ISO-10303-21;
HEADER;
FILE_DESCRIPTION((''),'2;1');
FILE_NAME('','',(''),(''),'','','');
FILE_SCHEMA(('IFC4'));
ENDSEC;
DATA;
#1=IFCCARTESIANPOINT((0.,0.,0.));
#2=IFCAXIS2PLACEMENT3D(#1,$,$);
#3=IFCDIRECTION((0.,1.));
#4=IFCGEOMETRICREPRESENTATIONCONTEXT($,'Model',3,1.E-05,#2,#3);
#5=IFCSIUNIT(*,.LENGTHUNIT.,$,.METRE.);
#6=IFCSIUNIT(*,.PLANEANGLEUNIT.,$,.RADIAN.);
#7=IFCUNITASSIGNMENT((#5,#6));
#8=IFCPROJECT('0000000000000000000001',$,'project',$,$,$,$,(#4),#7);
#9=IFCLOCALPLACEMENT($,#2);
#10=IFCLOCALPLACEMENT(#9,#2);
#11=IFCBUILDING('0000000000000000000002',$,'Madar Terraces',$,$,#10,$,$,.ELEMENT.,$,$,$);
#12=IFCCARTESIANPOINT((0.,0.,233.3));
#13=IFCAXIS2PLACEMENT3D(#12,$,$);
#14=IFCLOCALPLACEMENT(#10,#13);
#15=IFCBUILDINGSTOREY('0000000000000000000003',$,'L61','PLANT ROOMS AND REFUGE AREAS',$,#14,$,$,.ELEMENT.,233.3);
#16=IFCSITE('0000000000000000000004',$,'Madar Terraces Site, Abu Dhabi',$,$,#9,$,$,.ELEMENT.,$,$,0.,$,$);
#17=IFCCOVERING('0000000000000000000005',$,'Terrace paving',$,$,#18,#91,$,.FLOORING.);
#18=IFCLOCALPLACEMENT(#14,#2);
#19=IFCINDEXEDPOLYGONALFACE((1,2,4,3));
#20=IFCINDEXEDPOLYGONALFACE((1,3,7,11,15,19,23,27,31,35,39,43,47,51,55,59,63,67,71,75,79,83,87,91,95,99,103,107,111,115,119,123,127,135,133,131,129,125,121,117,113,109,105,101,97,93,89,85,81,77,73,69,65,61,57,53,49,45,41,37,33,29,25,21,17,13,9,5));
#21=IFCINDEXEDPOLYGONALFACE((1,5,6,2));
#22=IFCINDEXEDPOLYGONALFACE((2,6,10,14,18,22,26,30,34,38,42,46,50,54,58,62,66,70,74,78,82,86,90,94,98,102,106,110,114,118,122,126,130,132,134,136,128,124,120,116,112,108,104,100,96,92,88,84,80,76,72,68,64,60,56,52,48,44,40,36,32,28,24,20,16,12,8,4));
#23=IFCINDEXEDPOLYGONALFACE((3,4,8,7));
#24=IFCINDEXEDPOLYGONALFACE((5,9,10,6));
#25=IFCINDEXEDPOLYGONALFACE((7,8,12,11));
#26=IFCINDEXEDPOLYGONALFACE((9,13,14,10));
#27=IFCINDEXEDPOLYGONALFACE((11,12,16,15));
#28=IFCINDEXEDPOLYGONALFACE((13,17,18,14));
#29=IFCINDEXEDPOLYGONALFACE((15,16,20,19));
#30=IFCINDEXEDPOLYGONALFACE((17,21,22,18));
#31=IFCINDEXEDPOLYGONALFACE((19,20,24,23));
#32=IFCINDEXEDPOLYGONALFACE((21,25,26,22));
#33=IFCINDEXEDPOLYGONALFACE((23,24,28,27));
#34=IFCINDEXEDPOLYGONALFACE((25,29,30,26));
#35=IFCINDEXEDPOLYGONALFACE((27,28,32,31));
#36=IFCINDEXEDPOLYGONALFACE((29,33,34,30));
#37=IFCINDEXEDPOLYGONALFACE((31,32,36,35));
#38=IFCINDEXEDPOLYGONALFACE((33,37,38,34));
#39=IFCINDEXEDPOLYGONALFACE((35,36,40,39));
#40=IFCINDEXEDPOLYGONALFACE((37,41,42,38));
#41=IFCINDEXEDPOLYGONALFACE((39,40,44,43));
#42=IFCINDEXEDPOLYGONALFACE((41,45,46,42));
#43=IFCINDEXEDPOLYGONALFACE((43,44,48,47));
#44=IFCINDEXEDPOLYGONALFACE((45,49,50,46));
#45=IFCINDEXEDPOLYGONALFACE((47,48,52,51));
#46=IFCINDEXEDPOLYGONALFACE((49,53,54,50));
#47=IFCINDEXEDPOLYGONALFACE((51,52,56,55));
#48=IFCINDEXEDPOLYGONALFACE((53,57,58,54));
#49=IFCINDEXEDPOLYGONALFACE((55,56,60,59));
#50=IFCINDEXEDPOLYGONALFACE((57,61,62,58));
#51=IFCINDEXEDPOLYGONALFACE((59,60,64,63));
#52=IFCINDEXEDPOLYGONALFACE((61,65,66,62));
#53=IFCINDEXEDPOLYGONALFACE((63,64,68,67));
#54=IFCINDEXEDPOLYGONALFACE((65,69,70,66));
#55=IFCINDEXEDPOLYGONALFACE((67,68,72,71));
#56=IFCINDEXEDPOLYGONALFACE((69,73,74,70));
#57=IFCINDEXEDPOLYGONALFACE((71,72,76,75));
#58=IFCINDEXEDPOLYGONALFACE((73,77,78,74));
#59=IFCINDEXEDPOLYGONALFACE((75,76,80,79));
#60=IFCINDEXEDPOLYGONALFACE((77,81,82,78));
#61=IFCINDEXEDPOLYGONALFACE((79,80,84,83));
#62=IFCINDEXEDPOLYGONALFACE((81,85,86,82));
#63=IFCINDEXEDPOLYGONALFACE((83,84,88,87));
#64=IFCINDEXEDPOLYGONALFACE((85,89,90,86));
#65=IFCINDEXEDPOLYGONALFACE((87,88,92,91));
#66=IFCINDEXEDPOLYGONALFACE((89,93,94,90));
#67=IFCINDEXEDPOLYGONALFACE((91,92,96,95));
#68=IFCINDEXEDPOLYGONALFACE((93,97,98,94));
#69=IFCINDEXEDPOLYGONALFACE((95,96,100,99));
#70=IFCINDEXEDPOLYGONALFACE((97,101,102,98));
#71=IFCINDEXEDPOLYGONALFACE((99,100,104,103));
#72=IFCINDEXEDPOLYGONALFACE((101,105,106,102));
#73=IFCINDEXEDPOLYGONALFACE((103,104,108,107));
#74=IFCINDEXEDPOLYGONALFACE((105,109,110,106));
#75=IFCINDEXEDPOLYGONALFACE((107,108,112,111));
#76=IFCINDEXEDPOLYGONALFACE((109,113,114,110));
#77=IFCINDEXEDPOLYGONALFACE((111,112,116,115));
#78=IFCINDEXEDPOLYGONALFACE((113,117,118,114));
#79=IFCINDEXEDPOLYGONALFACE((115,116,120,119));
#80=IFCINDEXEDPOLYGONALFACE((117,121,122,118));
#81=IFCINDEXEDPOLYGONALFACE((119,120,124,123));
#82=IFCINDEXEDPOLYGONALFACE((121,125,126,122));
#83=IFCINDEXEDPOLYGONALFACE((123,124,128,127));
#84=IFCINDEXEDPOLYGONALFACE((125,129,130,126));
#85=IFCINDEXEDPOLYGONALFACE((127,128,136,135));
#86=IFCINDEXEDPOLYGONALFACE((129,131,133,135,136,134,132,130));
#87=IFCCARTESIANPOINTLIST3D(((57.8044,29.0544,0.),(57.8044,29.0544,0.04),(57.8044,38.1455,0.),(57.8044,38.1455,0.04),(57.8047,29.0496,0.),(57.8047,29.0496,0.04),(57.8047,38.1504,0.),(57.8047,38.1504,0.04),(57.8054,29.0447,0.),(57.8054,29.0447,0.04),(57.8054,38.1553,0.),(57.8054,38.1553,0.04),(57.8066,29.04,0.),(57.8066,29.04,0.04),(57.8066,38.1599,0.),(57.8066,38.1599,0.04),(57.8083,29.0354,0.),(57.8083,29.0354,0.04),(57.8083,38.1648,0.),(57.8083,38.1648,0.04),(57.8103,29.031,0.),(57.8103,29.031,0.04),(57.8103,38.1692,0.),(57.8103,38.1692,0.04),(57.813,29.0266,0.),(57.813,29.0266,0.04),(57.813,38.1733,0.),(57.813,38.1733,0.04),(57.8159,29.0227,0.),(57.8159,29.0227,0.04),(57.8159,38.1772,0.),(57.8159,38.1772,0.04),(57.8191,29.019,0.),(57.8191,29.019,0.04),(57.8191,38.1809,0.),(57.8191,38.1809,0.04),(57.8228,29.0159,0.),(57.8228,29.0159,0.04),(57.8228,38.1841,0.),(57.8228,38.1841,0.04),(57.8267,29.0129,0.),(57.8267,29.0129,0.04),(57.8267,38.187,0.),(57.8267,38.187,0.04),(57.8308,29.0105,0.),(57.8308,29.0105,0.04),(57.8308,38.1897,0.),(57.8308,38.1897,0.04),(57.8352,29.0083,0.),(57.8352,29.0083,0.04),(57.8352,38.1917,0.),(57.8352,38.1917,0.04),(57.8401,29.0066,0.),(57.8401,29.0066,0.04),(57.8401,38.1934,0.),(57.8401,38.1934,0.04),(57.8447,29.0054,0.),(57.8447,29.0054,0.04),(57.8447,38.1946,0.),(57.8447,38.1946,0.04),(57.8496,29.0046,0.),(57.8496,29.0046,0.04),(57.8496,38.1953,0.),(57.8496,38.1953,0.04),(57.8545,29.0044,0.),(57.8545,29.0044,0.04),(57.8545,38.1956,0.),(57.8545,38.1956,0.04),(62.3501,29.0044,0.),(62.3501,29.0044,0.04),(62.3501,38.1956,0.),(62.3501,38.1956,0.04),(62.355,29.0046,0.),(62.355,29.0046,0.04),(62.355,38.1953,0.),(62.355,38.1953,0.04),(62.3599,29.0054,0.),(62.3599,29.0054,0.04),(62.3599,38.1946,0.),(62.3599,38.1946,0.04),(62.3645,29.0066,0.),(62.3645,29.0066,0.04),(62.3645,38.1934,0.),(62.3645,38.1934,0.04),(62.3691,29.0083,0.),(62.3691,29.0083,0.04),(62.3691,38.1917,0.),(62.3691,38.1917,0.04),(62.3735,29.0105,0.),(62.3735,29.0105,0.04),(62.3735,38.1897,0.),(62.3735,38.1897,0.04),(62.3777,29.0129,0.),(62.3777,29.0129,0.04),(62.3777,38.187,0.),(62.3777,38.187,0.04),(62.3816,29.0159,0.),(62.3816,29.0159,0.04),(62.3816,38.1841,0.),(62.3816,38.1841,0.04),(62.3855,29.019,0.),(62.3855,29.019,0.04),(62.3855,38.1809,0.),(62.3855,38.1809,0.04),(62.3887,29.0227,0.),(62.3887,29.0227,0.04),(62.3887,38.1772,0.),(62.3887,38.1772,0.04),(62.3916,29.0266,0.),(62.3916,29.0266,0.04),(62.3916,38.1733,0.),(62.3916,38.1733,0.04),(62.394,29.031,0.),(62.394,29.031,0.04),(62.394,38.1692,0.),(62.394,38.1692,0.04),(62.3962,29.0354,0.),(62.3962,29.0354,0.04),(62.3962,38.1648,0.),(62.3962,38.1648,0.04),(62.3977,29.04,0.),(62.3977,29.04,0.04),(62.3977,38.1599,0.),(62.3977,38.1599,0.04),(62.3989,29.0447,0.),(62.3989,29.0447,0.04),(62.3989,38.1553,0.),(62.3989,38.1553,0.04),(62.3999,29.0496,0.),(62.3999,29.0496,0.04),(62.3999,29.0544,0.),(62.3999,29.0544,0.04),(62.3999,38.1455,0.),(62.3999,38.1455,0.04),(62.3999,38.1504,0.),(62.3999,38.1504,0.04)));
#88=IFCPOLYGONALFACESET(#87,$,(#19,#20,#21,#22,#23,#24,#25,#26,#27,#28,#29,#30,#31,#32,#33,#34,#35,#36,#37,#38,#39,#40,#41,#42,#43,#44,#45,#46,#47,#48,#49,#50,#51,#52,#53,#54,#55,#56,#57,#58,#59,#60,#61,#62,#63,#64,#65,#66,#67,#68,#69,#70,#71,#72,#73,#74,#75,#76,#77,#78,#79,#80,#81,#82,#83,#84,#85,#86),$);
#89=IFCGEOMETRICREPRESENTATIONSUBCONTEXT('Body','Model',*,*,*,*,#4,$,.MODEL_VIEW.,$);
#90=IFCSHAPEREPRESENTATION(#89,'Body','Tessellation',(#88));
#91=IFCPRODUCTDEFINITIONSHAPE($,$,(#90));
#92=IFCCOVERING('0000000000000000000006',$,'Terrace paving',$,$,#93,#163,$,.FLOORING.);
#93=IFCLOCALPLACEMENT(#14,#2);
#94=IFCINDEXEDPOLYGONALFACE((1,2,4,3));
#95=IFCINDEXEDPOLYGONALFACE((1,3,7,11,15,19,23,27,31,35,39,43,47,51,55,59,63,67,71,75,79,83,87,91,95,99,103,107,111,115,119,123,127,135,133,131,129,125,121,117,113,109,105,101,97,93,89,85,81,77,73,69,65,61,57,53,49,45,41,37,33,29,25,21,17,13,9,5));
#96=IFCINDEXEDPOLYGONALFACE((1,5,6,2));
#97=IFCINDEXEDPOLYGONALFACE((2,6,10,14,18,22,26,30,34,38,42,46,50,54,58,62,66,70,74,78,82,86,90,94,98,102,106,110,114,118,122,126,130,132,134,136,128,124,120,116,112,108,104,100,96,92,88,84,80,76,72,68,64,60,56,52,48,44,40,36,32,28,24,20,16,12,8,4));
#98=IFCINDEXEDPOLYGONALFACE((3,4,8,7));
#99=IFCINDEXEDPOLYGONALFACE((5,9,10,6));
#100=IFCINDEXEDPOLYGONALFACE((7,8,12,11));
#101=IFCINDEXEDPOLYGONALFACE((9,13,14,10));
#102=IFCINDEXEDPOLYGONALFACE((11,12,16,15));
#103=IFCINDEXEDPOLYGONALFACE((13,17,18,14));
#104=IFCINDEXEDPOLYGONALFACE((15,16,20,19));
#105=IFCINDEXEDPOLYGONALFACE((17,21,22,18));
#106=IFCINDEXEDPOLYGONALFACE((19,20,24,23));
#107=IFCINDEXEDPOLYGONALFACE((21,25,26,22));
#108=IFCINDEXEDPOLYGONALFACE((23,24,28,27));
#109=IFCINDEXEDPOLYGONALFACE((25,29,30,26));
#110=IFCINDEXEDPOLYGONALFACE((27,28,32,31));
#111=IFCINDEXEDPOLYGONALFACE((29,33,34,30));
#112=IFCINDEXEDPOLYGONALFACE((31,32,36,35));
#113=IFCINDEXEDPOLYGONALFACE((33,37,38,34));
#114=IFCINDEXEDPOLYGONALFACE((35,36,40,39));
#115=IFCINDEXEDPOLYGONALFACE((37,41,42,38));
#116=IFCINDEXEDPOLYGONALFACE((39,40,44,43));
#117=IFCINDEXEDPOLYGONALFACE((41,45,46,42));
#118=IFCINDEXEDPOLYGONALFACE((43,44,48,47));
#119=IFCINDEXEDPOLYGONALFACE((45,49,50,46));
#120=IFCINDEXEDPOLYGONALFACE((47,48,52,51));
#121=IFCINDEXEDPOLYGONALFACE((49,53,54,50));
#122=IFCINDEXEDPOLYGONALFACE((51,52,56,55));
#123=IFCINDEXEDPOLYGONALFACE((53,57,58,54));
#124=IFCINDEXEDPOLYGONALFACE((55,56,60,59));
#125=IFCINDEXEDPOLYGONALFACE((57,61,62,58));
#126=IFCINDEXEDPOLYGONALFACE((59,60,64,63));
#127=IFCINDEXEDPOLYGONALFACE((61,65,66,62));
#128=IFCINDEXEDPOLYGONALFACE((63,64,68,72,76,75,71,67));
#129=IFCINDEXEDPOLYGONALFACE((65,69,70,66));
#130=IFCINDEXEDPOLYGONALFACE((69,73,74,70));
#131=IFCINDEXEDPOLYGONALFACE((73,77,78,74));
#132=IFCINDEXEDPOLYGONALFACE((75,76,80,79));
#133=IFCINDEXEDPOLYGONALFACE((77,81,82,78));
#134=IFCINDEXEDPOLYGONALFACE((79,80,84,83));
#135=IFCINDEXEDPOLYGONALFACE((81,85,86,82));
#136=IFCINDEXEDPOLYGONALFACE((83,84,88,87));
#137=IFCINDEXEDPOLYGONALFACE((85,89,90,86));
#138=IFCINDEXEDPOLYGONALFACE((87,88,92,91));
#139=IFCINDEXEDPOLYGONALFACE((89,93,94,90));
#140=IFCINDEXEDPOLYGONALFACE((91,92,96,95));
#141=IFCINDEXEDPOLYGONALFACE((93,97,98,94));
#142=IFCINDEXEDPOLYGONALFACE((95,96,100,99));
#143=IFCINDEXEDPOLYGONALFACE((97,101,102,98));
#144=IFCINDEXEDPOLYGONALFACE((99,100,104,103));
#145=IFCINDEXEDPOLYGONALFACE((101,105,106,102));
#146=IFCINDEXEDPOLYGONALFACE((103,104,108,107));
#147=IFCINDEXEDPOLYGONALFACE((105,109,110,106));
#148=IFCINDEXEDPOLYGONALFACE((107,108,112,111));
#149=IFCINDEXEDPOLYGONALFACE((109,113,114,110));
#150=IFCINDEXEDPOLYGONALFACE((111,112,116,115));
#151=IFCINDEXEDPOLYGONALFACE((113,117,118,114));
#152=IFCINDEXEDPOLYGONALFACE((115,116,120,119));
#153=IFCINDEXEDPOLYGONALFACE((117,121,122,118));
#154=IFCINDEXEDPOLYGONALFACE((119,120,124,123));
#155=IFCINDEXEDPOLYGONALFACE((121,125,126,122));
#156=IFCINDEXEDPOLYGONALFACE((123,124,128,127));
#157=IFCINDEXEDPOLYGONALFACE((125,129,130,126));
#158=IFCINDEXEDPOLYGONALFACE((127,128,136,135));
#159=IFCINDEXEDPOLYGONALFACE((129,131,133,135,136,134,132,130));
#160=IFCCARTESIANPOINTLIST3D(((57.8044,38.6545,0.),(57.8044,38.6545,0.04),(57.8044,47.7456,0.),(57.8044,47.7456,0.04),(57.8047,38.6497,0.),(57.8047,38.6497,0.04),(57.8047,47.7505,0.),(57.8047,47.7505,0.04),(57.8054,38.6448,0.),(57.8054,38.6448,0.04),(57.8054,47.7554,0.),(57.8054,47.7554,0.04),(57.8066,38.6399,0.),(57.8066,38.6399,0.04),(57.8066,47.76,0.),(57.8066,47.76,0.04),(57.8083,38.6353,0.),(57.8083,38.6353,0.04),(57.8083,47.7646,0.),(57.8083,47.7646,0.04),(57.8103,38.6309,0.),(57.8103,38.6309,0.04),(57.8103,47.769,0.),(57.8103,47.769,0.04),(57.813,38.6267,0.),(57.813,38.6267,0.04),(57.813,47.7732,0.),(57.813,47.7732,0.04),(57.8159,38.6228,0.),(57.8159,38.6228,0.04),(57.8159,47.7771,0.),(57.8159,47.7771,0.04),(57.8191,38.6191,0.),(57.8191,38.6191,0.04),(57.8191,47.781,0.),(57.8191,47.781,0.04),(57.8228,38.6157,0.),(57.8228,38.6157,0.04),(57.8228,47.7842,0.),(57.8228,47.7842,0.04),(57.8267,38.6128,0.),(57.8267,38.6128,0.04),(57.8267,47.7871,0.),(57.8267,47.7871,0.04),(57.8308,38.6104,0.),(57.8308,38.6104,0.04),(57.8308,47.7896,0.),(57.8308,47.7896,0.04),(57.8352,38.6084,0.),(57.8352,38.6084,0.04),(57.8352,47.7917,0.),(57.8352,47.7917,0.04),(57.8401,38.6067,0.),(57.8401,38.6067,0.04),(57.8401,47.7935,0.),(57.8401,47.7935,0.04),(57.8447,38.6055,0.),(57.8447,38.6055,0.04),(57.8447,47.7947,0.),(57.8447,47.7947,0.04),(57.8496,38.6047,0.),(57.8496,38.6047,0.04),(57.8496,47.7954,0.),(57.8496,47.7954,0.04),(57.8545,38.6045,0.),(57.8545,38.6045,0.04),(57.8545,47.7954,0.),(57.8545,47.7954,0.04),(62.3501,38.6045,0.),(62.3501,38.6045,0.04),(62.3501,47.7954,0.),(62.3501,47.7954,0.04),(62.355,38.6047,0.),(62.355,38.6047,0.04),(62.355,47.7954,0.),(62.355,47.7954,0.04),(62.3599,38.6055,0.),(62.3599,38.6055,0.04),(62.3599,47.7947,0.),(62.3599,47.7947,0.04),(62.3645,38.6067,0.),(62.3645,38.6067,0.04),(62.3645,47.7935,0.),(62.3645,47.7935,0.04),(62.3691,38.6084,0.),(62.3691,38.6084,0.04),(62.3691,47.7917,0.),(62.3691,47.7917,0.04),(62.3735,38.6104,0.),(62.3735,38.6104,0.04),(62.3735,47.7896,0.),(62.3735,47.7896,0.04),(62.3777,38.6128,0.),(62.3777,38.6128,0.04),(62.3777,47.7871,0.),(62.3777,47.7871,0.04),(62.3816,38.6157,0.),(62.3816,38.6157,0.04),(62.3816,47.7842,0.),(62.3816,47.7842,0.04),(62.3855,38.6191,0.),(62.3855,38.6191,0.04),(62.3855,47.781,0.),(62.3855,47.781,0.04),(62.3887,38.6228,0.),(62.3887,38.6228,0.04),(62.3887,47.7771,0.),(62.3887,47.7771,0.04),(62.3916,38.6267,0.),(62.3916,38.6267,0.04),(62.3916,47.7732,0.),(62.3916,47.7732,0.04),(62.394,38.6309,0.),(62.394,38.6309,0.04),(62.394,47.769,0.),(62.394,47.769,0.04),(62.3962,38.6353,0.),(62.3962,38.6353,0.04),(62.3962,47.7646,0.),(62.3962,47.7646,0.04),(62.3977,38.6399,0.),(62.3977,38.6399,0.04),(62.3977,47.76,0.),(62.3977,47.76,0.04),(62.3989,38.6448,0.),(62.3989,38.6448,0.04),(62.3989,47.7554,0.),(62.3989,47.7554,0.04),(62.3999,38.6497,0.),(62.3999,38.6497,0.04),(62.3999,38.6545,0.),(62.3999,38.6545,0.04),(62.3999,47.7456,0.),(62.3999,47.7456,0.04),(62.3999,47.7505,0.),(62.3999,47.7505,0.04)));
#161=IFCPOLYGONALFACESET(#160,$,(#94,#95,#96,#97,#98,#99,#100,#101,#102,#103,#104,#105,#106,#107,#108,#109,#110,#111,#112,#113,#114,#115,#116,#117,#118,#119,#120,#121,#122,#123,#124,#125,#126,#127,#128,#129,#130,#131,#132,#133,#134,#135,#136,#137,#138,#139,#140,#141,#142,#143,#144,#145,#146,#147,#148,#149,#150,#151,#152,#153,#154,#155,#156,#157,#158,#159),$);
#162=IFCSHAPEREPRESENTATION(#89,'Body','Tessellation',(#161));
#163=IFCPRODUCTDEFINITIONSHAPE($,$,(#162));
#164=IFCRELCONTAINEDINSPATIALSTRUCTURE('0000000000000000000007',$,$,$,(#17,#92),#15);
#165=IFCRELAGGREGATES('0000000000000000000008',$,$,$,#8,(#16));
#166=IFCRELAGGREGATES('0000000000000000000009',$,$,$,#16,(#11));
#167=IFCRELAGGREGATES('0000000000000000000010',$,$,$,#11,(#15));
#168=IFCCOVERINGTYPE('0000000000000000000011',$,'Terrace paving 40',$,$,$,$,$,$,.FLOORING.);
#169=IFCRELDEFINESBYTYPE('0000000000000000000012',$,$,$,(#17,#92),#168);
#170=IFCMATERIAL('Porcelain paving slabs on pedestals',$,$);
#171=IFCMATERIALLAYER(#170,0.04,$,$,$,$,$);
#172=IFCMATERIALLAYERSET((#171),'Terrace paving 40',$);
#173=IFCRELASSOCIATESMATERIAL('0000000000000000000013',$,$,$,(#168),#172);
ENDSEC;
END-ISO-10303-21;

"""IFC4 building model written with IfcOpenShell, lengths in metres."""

from ifc_helpers import new_model, si_unit, direction, frame, origin, place, context, subcontext, project, spatial, polyline, outline, extrude, material, layer, layer_set, type_object, element, save


model = new_model("IFC4")

# Units and contexts
model_context = context("Model", 3, precision=1e-05, world=origin(), true_north=direction((0.0, 1.0)))
body_context = subcontext(model_context, "Body", "Model", "MODEL_VIEW")
ifc_project = project(units=[si_unit("LENGTHUNIT", "METRE"), si_unit("PLANEANGLEUNIT", "RADIAN")], contexts=[model_context])

# Site, building, storey
site_placement = place(None, origin())
site = spatial("IfcSite", under=ifc_project, at=site_placement, Name="Madar Terraces Site, Abu Dhabi", CompositionType="ELEMENT", RefElevation=0.0)
building_placement = place(site_placement, origin())
building = spatial("IfcBuilding", under=site, at=building_placement, Name="Madar Terraces", CompositionType="ELEMENT")
storey_placement = place(building_placement, frame((0.0, 0.0, 233.3)))
storey = spatial("IfcBuildingStorey", under=building, at=storey_placement, Name="L61", Description="PLANT ROOMS AND REFUGE AREAS", CompositionType="ELEMENT", Elevation=233.3)

# Coverings
ifc_material_1 = material(Name="Porcelain paving slabs on pedestals")
ifc_layer_1 = layer(ifc_material_1, 0.04)
ifc_layer_set_1 = layer_set([ifc_layer_1], Name="Terrace paving 40")
covering_type = type_object("IfcCoveringType", Name="Terrace paving 40", PredefinedType="FLOORING", material=ifc_layer_set_1)
covering_1_placement = place(storey_placement, origin())
element("IfcCovering", 1, at=covering_1_placement, inside=storey, type_object=covering_type, Name="Terrace paving", PredefinedType="FLOORING", context=body_context, shape_type="SweptSolid", body=[
    extrude(outline(polyline([(62.3989, 29.0447), (62.3977, 29.04), (62.3962, 29.0354), (62.394, 29.031), (62.3916, 29.0266), (62.3887, 29.0227), (62.3855, 29.019), (62.3816, 29.0159), (62.3777, 29.0129), (62.3735, 29.0105), (62.3691, 29.0083), (62.3645, 29.0066), (62.3599, 29.0054), (62.355, 29.0046), (62.3501, 29.0044), (57.8545, 29.0044), (57.8496, 29.0046), (57.8447, 29.0054), (57.8401, 29.0066), (57.8352, 29.0083), (57.8308, 29.0105), (57.8267, 29.0129), (57.8228, 29.0159), (57.8191, 29.019), (57.8159, 29.0227), (57.813, 29.0266), (57.8103, 29.031), (57.8083, 29.0354), (57.8066, 29.04), (57.8054, 29.0447), (57.8047, 29.0496), (57.8044, 29.0544), (57.8044, 38.1455), (57.8047, 38.1504), (57.8054, 38.1553), (57.8066, 38.1599), (57.8083, 38.1648), (57.8103, 38.1692), (57.813, 38.1733), (57.8159, 38.1772), (57.8191, 38.1809), (57.8228, 38.1841), (57.8267, 38.187), (57.8308, 38.1897), (57.8352, 38.1917), (57.8401, 38.1934), (57.8447, 38.1946), (57.8496, 38.1953), (57.8545, 38.1956), (62.3501, 38.1956), (62.355, 38.1953), (62.3599, 38.1946), (62.3645, 38.1934), (62.3691, 38.1917), (62.3735, 38.1897), (62.3777, 38.187), (62.3816, 38.1841), (62.3855, 38.1809), (62.3887, 38.1772), (62.3916, 38.1733), (62.394, 38.1692), (62.3962, 38.1648), (62.3977, 38.1599), (62.3989, 38.1553), (62.3999, 38.1504), (62.3999, 38.1455), (62.3999, 29.0544), (62.3999, 29.0496), (62.3989, 29.0447)])), origin(), (0.0, 0.0, 1.0), 0.04),
])
covering_2_placement = place(storey_placement, origin())
element("IfcCovering", 2, at=covering_2_placement, inside=storey, type_object=covering_type, Name="Terrace paving", PredefinedType="FLOORING", context=body_context, shape_type="SweptSolid", body=[
    extrude(outline(polyline([(62.3977, 38.6399), (62.3962, 38.6353), (62.394, 38.6309), (62.3916, 38.6267), (62.3887, 38.6228), (62.3855, 38.6191), (62.3816, 38.6157), (62.3777, 38.6128), (62.3735, 38.6104), (62.3691, 38.6084), (62.3645, 38.6067), (62.3599, 38.6055), (62.355, 38.6047), (62.3501, 38.6045), (57.8545, 38.6045), (57.8496, 38.6047), (57.8447, 38.6055), (57.8401, 38.6067), (57.8352, 38.6084), (57.8308, 38.6104), (57.8267, 38.6128), (57.8228, 38.6157), (57.8191, 38.6191), (57.8159, 38.6228), (57.813, 38.6267), (57.8103, 38.6309), (57.8083, 38.6353), (57.8066, 38.6399), (57.8054, 38.6448), (57.8047, 38.6497), (57.8044, 38.6545), (57.8044, 47.7456), (57.8047, 47.7505), (57.8054, 47.7554), (57.8066, 47.76), (57.8083, 47.7646), (57.8103, 47.769), (57.813, 47.7732), (57.8159, 47.7771), (57.8191, 47.781), (57.8228, 47.7842), (57.8267, 47.7871), (57.8308, 47.7896), (57.8352, 47.7917), (57.8401, 47.7935), (57.8447, 47.7947), (57.8496, 47.7954), (57.8545, 47.7954), (62.3501, 47.7954), (62.355, 47.7954), (62.3599, 47.7947), (62.3645, 47.7935), (62.3691, 47.7917), (62.3735, 47.7896), (62.3777, 47.7871), (62.3816, 47.7842), (62.3855, 47.781), (62.3887, 47.7771), (62.3916, 47.7732), (62.394, 47.769), (62.3962, 47.7646), (62.3977, 47.76), (62.3989, 47.7554), (62.3999, 47.7505), (62.3999, 47.7456), (62.3999, 38.6545), (62.3999, 38.6497), (62.3989, 38.6448), (62.3977, 38.6399)])), origin(), (0.0, 0.0, 1.0), 0.04),
])

save(model, "model.ifc")
